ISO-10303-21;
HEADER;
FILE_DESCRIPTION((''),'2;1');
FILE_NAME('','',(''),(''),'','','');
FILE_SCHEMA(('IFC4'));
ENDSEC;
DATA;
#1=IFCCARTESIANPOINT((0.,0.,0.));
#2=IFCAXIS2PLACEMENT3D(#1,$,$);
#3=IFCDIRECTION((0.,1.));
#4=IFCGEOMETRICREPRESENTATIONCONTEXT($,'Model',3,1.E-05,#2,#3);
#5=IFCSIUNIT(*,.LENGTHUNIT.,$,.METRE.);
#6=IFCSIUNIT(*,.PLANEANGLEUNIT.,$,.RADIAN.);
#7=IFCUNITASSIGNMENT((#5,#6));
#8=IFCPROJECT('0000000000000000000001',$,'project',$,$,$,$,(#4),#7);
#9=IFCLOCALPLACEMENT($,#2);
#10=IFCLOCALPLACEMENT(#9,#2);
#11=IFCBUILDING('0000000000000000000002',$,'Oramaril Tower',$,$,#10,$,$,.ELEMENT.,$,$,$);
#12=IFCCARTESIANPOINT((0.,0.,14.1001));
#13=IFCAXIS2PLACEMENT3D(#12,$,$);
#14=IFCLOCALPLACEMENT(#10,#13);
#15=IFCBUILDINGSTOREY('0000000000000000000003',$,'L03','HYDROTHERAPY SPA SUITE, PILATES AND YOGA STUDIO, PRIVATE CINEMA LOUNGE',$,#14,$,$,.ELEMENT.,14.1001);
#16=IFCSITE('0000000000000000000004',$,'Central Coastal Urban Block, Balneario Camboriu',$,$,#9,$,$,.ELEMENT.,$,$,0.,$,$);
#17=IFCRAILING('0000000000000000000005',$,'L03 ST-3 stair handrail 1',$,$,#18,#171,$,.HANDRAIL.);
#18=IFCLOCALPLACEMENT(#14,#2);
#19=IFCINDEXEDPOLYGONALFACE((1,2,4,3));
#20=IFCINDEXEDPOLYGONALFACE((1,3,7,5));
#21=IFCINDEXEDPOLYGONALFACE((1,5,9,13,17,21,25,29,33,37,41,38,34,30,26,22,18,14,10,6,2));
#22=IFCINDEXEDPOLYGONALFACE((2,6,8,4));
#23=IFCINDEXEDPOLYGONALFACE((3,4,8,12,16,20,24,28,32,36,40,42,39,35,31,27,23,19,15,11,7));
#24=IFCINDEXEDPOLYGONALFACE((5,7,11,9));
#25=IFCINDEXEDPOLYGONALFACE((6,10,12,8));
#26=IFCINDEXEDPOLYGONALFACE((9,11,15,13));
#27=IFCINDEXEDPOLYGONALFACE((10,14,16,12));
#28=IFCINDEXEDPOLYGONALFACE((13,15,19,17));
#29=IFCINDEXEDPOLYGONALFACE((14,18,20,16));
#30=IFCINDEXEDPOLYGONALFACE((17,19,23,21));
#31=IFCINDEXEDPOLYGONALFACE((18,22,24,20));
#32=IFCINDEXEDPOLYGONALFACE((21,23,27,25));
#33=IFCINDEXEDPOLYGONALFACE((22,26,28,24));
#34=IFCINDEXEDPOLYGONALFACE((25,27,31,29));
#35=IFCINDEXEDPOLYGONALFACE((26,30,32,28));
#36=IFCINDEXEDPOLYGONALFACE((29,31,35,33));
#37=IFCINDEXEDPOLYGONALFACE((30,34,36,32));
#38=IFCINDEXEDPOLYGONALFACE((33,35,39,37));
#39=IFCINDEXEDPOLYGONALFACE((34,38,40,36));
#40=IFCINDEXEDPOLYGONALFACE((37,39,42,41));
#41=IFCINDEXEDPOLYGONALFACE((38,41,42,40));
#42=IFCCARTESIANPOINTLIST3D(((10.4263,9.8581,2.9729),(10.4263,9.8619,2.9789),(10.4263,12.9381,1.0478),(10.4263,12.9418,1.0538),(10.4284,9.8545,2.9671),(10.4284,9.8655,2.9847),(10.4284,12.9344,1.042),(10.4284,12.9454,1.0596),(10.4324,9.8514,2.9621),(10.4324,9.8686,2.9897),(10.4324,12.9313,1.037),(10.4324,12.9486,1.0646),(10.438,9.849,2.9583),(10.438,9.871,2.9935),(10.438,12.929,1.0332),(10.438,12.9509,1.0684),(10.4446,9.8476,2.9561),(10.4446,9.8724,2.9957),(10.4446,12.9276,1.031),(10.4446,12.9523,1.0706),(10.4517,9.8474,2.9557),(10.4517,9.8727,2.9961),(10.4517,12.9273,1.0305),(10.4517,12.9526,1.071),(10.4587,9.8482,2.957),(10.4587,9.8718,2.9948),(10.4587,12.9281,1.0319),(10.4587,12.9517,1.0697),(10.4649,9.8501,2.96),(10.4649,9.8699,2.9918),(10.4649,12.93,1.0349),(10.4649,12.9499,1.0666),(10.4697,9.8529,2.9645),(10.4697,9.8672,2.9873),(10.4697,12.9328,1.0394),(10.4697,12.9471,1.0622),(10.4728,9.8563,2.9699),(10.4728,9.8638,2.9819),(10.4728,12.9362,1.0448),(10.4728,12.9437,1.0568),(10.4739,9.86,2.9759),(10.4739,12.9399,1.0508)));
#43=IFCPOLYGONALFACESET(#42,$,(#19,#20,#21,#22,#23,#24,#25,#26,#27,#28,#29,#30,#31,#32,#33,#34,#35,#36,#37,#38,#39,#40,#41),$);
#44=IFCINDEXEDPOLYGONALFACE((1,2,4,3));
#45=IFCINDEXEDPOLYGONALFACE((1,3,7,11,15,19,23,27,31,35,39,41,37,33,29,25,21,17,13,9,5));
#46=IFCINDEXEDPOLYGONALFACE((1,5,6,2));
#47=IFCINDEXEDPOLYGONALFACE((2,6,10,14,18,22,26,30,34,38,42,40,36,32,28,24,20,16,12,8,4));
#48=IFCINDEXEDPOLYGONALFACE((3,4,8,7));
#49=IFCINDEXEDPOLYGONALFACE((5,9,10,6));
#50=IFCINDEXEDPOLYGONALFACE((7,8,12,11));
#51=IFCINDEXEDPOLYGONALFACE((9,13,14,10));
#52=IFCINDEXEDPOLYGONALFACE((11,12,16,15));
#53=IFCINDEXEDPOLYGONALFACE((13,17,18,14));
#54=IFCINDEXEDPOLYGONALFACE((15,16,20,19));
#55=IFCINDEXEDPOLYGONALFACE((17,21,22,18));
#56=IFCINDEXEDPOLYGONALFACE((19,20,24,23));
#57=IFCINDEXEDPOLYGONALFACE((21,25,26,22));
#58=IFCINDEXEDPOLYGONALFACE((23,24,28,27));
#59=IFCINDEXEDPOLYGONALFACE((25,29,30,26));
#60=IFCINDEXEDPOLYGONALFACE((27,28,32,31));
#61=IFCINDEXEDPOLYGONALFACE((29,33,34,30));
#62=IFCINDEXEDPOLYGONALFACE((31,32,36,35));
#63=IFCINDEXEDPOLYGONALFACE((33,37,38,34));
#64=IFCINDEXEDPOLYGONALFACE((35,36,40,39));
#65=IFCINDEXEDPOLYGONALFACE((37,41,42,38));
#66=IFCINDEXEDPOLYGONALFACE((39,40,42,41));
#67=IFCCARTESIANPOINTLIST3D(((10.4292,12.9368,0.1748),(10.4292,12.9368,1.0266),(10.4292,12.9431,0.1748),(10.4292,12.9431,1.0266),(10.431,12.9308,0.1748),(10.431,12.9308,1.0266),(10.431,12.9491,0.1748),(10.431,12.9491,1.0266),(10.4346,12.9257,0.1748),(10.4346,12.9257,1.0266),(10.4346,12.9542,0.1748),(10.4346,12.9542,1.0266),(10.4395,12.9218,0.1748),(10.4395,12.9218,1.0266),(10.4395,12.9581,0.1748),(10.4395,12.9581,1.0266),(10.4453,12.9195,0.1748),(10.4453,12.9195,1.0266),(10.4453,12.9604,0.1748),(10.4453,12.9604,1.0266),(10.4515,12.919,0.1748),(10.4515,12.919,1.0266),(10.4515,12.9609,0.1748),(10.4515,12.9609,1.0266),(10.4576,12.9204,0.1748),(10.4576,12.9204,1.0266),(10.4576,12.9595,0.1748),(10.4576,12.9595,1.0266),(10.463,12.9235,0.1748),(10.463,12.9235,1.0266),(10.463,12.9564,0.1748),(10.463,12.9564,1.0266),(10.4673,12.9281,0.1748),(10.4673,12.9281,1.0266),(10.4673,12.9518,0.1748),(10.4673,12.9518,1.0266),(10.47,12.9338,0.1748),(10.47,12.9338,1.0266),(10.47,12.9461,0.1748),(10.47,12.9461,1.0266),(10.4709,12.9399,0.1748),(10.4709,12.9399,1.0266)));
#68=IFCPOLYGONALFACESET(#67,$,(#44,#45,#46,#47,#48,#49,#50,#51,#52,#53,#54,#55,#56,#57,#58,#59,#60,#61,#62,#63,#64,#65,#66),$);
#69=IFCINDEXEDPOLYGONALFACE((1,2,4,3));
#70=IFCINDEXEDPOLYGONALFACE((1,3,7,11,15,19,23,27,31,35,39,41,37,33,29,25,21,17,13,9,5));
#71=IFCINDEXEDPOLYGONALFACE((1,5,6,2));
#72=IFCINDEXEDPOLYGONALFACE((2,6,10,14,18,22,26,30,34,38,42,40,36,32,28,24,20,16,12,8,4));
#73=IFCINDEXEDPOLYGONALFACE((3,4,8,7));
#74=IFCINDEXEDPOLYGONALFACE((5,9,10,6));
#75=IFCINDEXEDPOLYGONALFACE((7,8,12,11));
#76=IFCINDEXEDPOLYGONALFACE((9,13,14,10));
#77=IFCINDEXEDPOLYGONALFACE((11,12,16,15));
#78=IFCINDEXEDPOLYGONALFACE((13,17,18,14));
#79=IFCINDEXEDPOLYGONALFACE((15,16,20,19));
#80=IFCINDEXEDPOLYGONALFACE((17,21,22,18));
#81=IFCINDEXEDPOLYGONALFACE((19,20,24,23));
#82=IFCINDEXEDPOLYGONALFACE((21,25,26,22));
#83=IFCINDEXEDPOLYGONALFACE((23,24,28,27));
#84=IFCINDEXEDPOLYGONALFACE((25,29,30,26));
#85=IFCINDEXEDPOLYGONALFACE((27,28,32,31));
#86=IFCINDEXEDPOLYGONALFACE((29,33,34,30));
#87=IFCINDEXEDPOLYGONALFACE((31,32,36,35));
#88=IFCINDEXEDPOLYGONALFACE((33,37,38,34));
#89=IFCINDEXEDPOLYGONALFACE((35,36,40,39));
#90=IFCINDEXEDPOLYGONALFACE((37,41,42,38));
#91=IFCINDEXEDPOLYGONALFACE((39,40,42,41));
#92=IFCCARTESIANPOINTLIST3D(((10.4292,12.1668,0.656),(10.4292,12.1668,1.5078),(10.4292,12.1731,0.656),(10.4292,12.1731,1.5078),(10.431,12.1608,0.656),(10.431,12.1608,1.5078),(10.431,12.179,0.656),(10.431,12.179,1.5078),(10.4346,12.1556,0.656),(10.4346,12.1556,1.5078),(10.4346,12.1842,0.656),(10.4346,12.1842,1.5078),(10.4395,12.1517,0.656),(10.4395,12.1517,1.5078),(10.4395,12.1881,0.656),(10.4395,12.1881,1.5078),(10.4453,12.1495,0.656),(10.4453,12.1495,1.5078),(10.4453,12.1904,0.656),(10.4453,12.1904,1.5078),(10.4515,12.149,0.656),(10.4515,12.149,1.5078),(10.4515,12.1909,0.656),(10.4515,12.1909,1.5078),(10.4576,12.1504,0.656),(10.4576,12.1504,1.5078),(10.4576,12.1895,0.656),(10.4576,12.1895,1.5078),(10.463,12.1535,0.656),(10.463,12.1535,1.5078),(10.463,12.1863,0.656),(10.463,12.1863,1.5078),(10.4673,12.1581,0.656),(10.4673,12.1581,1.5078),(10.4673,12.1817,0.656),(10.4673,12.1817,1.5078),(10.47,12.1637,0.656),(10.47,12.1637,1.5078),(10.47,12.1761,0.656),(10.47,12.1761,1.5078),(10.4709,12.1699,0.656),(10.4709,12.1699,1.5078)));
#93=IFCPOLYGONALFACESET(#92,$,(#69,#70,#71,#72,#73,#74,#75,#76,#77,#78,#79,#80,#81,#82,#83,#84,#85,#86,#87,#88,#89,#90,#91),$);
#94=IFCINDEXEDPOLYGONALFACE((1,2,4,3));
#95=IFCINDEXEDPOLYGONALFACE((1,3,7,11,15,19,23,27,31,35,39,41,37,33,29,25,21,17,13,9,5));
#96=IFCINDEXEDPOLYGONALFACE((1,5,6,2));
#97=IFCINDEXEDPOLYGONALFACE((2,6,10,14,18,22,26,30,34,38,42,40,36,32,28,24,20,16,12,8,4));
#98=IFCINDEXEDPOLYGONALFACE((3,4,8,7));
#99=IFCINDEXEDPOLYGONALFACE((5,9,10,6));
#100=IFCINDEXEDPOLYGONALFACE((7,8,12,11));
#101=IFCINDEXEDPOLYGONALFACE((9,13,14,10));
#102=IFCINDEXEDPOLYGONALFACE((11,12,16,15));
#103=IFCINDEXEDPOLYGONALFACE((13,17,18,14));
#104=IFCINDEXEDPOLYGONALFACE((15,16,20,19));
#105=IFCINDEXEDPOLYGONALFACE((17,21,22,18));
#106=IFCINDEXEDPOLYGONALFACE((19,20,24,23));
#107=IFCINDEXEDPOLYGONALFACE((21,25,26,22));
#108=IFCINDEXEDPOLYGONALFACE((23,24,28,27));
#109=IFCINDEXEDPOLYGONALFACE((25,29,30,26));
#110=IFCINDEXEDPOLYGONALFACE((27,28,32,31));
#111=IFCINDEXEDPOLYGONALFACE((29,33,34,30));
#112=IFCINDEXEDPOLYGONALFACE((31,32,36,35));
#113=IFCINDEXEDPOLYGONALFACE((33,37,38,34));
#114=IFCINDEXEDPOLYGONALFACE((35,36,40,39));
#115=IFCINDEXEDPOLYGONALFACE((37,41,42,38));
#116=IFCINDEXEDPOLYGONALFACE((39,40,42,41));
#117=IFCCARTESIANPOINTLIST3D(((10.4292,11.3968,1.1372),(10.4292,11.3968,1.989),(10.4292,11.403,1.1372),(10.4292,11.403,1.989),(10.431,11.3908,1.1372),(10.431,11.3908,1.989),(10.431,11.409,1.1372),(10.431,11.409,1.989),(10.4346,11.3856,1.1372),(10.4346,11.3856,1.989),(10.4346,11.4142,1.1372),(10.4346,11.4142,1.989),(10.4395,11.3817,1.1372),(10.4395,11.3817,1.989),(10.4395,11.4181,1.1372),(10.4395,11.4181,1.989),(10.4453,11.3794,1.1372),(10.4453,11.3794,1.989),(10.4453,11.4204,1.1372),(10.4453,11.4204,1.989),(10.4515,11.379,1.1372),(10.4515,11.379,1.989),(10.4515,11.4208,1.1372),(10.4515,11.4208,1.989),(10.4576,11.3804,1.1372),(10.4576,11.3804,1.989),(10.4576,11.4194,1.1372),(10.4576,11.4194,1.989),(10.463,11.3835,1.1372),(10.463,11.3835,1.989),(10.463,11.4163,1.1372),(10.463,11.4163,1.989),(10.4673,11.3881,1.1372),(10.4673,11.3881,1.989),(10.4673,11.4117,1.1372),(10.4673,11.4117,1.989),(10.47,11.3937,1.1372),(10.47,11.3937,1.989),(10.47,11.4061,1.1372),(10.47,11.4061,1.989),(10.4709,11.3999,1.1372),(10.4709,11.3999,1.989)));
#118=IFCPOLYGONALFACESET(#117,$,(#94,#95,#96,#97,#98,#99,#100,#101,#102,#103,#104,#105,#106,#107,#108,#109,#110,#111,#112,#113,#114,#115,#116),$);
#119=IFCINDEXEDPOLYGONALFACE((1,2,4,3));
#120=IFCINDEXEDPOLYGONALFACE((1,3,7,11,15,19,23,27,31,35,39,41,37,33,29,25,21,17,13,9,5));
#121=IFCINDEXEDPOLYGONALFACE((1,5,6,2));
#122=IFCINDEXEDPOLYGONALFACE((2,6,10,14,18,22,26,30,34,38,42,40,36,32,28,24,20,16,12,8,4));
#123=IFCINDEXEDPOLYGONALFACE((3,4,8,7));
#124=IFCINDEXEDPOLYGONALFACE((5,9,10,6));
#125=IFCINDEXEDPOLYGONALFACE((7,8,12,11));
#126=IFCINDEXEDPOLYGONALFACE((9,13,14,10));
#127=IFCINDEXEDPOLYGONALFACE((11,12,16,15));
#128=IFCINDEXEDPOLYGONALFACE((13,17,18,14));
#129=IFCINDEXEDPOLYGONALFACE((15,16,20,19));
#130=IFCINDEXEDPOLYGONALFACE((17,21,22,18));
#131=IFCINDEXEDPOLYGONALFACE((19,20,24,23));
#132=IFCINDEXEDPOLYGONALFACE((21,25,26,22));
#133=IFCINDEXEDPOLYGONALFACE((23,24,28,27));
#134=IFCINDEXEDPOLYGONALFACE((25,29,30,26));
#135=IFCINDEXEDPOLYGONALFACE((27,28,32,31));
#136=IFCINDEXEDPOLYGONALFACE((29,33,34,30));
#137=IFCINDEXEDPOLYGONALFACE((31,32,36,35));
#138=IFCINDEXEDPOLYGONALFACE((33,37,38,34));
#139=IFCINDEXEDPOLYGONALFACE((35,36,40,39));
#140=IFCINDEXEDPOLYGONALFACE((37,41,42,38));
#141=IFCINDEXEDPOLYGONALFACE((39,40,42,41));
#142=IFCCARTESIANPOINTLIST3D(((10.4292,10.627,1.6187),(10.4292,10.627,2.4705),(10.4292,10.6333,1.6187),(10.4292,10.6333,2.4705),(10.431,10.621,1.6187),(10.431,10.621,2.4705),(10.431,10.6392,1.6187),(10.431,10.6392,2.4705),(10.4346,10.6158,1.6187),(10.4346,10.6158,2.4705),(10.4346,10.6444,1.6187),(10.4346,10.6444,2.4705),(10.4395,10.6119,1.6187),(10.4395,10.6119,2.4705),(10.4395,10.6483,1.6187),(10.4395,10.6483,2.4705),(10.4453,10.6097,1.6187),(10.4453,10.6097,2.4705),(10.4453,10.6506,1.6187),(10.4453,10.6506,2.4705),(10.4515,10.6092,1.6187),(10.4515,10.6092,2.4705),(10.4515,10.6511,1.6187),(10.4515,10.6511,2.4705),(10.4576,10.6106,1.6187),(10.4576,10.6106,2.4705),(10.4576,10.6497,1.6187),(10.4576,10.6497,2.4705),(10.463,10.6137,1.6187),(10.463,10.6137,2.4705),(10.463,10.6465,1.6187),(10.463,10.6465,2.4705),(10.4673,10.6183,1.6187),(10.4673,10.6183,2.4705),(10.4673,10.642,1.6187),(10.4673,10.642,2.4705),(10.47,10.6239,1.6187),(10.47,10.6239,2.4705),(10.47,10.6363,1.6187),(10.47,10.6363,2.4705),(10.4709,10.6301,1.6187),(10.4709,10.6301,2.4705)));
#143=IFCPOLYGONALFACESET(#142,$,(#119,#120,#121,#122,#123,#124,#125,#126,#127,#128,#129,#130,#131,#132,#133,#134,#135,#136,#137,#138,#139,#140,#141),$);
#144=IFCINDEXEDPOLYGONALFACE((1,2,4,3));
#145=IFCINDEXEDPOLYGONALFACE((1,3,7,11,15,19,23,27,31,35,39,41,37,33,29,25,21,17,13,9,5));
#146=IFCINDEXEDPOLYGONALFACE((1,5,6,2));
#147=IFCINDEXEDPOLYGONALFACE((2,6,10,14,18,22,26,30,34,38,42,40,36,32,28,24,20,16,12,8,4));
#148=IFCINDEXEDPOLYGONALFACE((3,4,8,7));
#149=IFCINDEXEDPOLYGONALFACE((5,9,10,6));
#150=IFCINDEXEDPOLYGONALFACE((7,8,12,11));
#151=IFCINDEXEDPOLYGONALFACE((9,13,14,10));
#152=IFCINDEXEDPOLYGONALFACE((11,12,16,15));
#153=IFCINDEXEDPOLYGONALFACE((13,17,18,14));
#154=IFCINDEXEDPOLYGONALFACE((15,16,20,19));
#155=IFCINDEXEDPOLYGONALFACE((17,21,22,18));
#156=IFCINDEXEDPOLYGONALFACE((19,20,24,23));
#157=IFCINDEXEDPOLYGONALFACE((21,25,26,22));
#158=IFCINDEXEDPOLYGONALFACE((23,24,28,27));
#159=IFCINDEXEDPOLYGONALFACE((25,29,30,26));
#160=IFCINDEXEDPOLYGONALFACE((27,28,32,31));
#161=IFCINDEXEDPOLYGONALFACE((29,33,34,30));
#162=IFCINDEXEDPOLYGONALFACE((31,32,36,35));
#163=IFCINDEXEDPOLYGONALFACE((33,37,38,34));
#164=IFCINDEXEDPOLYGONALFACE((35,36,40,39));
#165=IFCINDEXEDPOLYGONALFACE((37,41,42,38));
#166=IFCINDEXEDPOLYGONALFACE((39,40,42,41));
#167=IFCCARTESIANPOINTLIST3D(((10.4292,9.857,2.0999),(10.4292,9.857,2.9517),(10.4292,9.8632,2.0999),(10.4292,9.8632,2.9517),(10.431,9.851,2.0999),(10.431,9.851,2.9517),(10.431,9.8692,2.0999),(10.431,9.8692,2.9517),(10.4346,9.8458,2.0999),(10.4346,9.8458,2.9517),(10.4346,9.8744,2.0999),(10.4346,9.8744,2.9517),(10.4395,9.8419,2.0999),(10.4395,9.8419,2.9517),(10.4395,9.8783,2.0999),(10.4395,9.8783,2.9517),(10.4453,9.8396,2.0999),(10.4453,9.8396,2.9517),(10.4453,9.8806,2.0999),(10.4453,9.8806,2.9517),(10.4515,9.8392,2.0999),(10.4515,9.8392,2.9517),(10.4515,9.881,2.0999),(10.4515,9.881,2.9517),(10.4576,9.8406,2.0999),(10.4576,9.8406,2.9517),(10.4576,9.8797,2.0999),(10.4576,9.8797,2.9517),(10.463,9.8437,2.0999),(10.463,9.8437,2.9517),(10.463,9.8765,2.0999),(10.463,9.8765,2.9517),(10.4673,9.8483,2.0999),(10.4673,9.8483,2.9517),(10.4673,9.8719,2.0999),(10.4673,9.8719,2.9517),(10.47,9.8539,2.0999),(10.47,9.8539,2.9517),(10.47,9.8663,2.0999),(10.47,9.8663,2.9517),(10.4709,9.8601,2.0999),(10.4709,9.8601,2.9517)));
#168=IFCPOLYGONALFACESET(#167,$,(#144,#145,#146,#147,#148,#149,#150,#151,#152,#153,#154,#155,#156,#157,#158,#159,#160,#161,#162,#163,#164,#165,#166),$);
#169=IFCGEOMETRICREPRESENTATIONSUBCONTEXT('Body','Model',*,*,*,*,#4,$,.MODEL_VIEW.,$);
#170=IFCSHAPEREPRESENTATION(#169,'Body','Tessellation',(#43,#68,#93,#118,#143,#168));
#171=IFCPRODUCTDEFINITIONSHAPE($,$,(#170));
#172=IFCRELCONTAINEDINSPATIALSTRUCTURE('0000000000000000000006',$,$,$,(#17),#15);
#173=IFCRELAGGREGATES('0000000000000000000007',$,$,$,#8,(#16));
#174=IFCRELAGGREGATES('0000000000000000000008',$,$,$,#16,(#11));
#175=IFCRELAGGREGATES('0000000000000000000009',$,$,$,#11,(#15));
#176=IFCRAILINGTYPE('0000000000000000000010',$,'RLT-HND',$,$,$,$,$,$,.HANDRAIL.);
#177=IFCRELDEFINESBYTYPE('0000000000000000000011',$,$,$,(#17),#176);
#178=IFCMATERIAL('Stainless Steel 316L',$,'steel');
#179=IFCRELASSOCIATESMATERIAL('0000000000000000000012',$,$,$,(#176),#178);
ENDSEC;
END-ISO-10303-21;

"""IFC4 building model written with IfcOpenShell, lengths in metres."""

from ifc_helpers import new_model, si_unit, direction, frame, origin, origin_2d, place, context, subcontext, project, spatial, circle, extrude, material, type_object, element, save


model = new_model("IFC4")

# Units and contexts
model_context = context("Model", 3, precision=1e-05, world=origin(), true_north=direction((0.0, 1.0)))
body_context = subcontext(model_context, "Body", "Model", "MODEL_VIEW")
ifc_project = project(units=[si_unit("LENGTHUNIT", "METRE"), si_unit("PLANEANGLEUNIT", "RADIAN")], contexts=[model_context])

# Site, building, storey
site_placement = place(None, origin())
site = spatial("IfcSite", under=ifc_project, at=site_placement, Name="Central Coastal Urban Block, Balneario Camboriu", CompositionType="ELEMENT", RefElevation=0.0)
building_placement = place(site_placement, origin())
building = spatial("IfcBuilding", under=site, at=building_placement, Name="Oramaril Tower", CompositionType="ELEMENT")
storey_placement = place(building_placement, frame((0.0, 0.0, 14.1001)))
storey = spatial("IfcBuildingStorey", under=building, at=storey_placement, Name="L03", Description="HYDROTHERAPY SPA SUITE, PILATES AND YOGA STUDIO, PRIVATE CINEMA LOUNGE", CompositionType="ELEMENT", Elevation=14.1001)

# Railing
ifc_material_1 = material(Name="Stainless Steel 316L", Category="steel")
railing_type_1 = type_object("IfcRailingType", Name="RLT-HND", PredefinedType="HANDRAIL", material=ifc_material_1)
railing_1_placement = place(storey_placement, frame((10.45, 12.9399, 0.1748)))
element("IfcRailing", 1, at=railing_1_placement, inside=storey, type_object=railing_type_1, Name="L03 ST-3 stair handrail 1", PredefinedType="HANDRAIL", context=body_context, shape_type="SweptSolid", body=[
    extrude(circle(Radius=0.0239, at=origin_2d()), frame((0.0, 0.0, 0.876), z_axis=(0.0, -0.847979, 0.530029), x_axis=(1.0, 0.0, 0.0)), (0.0, 0.0, 1.0), 3.6321),
    extrude(circle(Radius=0.021, at=origin_2d()), origin(), (0.0, 0.0, 1.0), 0.8518),
    extrude(circle(Radius=0.021, at=origin_2d()), frame((0.0, -0.77, 0.4812)), (0.0, 0.0, 1.0), 0.8518),
    extrude(circle(Radius=0.021, at=origin_2d()), frame((0.0, -1.54, 0.9624)), (0.0, 0.0, 1.0), 0.8518),
    extrude(circle(Radius=0.021, at=origin_2d()), frame((0.0, -2.3098, 1.4438)), (0.0, 0.0, 1.0), 0.8518),
    extrude(circle(Radius=0.021, at=origin_2d()), frame((0.0, -3.0798, 1.925)), (0.0, 0.0, 1.0), 0.8518),
])

save(model, "model.ifc")
